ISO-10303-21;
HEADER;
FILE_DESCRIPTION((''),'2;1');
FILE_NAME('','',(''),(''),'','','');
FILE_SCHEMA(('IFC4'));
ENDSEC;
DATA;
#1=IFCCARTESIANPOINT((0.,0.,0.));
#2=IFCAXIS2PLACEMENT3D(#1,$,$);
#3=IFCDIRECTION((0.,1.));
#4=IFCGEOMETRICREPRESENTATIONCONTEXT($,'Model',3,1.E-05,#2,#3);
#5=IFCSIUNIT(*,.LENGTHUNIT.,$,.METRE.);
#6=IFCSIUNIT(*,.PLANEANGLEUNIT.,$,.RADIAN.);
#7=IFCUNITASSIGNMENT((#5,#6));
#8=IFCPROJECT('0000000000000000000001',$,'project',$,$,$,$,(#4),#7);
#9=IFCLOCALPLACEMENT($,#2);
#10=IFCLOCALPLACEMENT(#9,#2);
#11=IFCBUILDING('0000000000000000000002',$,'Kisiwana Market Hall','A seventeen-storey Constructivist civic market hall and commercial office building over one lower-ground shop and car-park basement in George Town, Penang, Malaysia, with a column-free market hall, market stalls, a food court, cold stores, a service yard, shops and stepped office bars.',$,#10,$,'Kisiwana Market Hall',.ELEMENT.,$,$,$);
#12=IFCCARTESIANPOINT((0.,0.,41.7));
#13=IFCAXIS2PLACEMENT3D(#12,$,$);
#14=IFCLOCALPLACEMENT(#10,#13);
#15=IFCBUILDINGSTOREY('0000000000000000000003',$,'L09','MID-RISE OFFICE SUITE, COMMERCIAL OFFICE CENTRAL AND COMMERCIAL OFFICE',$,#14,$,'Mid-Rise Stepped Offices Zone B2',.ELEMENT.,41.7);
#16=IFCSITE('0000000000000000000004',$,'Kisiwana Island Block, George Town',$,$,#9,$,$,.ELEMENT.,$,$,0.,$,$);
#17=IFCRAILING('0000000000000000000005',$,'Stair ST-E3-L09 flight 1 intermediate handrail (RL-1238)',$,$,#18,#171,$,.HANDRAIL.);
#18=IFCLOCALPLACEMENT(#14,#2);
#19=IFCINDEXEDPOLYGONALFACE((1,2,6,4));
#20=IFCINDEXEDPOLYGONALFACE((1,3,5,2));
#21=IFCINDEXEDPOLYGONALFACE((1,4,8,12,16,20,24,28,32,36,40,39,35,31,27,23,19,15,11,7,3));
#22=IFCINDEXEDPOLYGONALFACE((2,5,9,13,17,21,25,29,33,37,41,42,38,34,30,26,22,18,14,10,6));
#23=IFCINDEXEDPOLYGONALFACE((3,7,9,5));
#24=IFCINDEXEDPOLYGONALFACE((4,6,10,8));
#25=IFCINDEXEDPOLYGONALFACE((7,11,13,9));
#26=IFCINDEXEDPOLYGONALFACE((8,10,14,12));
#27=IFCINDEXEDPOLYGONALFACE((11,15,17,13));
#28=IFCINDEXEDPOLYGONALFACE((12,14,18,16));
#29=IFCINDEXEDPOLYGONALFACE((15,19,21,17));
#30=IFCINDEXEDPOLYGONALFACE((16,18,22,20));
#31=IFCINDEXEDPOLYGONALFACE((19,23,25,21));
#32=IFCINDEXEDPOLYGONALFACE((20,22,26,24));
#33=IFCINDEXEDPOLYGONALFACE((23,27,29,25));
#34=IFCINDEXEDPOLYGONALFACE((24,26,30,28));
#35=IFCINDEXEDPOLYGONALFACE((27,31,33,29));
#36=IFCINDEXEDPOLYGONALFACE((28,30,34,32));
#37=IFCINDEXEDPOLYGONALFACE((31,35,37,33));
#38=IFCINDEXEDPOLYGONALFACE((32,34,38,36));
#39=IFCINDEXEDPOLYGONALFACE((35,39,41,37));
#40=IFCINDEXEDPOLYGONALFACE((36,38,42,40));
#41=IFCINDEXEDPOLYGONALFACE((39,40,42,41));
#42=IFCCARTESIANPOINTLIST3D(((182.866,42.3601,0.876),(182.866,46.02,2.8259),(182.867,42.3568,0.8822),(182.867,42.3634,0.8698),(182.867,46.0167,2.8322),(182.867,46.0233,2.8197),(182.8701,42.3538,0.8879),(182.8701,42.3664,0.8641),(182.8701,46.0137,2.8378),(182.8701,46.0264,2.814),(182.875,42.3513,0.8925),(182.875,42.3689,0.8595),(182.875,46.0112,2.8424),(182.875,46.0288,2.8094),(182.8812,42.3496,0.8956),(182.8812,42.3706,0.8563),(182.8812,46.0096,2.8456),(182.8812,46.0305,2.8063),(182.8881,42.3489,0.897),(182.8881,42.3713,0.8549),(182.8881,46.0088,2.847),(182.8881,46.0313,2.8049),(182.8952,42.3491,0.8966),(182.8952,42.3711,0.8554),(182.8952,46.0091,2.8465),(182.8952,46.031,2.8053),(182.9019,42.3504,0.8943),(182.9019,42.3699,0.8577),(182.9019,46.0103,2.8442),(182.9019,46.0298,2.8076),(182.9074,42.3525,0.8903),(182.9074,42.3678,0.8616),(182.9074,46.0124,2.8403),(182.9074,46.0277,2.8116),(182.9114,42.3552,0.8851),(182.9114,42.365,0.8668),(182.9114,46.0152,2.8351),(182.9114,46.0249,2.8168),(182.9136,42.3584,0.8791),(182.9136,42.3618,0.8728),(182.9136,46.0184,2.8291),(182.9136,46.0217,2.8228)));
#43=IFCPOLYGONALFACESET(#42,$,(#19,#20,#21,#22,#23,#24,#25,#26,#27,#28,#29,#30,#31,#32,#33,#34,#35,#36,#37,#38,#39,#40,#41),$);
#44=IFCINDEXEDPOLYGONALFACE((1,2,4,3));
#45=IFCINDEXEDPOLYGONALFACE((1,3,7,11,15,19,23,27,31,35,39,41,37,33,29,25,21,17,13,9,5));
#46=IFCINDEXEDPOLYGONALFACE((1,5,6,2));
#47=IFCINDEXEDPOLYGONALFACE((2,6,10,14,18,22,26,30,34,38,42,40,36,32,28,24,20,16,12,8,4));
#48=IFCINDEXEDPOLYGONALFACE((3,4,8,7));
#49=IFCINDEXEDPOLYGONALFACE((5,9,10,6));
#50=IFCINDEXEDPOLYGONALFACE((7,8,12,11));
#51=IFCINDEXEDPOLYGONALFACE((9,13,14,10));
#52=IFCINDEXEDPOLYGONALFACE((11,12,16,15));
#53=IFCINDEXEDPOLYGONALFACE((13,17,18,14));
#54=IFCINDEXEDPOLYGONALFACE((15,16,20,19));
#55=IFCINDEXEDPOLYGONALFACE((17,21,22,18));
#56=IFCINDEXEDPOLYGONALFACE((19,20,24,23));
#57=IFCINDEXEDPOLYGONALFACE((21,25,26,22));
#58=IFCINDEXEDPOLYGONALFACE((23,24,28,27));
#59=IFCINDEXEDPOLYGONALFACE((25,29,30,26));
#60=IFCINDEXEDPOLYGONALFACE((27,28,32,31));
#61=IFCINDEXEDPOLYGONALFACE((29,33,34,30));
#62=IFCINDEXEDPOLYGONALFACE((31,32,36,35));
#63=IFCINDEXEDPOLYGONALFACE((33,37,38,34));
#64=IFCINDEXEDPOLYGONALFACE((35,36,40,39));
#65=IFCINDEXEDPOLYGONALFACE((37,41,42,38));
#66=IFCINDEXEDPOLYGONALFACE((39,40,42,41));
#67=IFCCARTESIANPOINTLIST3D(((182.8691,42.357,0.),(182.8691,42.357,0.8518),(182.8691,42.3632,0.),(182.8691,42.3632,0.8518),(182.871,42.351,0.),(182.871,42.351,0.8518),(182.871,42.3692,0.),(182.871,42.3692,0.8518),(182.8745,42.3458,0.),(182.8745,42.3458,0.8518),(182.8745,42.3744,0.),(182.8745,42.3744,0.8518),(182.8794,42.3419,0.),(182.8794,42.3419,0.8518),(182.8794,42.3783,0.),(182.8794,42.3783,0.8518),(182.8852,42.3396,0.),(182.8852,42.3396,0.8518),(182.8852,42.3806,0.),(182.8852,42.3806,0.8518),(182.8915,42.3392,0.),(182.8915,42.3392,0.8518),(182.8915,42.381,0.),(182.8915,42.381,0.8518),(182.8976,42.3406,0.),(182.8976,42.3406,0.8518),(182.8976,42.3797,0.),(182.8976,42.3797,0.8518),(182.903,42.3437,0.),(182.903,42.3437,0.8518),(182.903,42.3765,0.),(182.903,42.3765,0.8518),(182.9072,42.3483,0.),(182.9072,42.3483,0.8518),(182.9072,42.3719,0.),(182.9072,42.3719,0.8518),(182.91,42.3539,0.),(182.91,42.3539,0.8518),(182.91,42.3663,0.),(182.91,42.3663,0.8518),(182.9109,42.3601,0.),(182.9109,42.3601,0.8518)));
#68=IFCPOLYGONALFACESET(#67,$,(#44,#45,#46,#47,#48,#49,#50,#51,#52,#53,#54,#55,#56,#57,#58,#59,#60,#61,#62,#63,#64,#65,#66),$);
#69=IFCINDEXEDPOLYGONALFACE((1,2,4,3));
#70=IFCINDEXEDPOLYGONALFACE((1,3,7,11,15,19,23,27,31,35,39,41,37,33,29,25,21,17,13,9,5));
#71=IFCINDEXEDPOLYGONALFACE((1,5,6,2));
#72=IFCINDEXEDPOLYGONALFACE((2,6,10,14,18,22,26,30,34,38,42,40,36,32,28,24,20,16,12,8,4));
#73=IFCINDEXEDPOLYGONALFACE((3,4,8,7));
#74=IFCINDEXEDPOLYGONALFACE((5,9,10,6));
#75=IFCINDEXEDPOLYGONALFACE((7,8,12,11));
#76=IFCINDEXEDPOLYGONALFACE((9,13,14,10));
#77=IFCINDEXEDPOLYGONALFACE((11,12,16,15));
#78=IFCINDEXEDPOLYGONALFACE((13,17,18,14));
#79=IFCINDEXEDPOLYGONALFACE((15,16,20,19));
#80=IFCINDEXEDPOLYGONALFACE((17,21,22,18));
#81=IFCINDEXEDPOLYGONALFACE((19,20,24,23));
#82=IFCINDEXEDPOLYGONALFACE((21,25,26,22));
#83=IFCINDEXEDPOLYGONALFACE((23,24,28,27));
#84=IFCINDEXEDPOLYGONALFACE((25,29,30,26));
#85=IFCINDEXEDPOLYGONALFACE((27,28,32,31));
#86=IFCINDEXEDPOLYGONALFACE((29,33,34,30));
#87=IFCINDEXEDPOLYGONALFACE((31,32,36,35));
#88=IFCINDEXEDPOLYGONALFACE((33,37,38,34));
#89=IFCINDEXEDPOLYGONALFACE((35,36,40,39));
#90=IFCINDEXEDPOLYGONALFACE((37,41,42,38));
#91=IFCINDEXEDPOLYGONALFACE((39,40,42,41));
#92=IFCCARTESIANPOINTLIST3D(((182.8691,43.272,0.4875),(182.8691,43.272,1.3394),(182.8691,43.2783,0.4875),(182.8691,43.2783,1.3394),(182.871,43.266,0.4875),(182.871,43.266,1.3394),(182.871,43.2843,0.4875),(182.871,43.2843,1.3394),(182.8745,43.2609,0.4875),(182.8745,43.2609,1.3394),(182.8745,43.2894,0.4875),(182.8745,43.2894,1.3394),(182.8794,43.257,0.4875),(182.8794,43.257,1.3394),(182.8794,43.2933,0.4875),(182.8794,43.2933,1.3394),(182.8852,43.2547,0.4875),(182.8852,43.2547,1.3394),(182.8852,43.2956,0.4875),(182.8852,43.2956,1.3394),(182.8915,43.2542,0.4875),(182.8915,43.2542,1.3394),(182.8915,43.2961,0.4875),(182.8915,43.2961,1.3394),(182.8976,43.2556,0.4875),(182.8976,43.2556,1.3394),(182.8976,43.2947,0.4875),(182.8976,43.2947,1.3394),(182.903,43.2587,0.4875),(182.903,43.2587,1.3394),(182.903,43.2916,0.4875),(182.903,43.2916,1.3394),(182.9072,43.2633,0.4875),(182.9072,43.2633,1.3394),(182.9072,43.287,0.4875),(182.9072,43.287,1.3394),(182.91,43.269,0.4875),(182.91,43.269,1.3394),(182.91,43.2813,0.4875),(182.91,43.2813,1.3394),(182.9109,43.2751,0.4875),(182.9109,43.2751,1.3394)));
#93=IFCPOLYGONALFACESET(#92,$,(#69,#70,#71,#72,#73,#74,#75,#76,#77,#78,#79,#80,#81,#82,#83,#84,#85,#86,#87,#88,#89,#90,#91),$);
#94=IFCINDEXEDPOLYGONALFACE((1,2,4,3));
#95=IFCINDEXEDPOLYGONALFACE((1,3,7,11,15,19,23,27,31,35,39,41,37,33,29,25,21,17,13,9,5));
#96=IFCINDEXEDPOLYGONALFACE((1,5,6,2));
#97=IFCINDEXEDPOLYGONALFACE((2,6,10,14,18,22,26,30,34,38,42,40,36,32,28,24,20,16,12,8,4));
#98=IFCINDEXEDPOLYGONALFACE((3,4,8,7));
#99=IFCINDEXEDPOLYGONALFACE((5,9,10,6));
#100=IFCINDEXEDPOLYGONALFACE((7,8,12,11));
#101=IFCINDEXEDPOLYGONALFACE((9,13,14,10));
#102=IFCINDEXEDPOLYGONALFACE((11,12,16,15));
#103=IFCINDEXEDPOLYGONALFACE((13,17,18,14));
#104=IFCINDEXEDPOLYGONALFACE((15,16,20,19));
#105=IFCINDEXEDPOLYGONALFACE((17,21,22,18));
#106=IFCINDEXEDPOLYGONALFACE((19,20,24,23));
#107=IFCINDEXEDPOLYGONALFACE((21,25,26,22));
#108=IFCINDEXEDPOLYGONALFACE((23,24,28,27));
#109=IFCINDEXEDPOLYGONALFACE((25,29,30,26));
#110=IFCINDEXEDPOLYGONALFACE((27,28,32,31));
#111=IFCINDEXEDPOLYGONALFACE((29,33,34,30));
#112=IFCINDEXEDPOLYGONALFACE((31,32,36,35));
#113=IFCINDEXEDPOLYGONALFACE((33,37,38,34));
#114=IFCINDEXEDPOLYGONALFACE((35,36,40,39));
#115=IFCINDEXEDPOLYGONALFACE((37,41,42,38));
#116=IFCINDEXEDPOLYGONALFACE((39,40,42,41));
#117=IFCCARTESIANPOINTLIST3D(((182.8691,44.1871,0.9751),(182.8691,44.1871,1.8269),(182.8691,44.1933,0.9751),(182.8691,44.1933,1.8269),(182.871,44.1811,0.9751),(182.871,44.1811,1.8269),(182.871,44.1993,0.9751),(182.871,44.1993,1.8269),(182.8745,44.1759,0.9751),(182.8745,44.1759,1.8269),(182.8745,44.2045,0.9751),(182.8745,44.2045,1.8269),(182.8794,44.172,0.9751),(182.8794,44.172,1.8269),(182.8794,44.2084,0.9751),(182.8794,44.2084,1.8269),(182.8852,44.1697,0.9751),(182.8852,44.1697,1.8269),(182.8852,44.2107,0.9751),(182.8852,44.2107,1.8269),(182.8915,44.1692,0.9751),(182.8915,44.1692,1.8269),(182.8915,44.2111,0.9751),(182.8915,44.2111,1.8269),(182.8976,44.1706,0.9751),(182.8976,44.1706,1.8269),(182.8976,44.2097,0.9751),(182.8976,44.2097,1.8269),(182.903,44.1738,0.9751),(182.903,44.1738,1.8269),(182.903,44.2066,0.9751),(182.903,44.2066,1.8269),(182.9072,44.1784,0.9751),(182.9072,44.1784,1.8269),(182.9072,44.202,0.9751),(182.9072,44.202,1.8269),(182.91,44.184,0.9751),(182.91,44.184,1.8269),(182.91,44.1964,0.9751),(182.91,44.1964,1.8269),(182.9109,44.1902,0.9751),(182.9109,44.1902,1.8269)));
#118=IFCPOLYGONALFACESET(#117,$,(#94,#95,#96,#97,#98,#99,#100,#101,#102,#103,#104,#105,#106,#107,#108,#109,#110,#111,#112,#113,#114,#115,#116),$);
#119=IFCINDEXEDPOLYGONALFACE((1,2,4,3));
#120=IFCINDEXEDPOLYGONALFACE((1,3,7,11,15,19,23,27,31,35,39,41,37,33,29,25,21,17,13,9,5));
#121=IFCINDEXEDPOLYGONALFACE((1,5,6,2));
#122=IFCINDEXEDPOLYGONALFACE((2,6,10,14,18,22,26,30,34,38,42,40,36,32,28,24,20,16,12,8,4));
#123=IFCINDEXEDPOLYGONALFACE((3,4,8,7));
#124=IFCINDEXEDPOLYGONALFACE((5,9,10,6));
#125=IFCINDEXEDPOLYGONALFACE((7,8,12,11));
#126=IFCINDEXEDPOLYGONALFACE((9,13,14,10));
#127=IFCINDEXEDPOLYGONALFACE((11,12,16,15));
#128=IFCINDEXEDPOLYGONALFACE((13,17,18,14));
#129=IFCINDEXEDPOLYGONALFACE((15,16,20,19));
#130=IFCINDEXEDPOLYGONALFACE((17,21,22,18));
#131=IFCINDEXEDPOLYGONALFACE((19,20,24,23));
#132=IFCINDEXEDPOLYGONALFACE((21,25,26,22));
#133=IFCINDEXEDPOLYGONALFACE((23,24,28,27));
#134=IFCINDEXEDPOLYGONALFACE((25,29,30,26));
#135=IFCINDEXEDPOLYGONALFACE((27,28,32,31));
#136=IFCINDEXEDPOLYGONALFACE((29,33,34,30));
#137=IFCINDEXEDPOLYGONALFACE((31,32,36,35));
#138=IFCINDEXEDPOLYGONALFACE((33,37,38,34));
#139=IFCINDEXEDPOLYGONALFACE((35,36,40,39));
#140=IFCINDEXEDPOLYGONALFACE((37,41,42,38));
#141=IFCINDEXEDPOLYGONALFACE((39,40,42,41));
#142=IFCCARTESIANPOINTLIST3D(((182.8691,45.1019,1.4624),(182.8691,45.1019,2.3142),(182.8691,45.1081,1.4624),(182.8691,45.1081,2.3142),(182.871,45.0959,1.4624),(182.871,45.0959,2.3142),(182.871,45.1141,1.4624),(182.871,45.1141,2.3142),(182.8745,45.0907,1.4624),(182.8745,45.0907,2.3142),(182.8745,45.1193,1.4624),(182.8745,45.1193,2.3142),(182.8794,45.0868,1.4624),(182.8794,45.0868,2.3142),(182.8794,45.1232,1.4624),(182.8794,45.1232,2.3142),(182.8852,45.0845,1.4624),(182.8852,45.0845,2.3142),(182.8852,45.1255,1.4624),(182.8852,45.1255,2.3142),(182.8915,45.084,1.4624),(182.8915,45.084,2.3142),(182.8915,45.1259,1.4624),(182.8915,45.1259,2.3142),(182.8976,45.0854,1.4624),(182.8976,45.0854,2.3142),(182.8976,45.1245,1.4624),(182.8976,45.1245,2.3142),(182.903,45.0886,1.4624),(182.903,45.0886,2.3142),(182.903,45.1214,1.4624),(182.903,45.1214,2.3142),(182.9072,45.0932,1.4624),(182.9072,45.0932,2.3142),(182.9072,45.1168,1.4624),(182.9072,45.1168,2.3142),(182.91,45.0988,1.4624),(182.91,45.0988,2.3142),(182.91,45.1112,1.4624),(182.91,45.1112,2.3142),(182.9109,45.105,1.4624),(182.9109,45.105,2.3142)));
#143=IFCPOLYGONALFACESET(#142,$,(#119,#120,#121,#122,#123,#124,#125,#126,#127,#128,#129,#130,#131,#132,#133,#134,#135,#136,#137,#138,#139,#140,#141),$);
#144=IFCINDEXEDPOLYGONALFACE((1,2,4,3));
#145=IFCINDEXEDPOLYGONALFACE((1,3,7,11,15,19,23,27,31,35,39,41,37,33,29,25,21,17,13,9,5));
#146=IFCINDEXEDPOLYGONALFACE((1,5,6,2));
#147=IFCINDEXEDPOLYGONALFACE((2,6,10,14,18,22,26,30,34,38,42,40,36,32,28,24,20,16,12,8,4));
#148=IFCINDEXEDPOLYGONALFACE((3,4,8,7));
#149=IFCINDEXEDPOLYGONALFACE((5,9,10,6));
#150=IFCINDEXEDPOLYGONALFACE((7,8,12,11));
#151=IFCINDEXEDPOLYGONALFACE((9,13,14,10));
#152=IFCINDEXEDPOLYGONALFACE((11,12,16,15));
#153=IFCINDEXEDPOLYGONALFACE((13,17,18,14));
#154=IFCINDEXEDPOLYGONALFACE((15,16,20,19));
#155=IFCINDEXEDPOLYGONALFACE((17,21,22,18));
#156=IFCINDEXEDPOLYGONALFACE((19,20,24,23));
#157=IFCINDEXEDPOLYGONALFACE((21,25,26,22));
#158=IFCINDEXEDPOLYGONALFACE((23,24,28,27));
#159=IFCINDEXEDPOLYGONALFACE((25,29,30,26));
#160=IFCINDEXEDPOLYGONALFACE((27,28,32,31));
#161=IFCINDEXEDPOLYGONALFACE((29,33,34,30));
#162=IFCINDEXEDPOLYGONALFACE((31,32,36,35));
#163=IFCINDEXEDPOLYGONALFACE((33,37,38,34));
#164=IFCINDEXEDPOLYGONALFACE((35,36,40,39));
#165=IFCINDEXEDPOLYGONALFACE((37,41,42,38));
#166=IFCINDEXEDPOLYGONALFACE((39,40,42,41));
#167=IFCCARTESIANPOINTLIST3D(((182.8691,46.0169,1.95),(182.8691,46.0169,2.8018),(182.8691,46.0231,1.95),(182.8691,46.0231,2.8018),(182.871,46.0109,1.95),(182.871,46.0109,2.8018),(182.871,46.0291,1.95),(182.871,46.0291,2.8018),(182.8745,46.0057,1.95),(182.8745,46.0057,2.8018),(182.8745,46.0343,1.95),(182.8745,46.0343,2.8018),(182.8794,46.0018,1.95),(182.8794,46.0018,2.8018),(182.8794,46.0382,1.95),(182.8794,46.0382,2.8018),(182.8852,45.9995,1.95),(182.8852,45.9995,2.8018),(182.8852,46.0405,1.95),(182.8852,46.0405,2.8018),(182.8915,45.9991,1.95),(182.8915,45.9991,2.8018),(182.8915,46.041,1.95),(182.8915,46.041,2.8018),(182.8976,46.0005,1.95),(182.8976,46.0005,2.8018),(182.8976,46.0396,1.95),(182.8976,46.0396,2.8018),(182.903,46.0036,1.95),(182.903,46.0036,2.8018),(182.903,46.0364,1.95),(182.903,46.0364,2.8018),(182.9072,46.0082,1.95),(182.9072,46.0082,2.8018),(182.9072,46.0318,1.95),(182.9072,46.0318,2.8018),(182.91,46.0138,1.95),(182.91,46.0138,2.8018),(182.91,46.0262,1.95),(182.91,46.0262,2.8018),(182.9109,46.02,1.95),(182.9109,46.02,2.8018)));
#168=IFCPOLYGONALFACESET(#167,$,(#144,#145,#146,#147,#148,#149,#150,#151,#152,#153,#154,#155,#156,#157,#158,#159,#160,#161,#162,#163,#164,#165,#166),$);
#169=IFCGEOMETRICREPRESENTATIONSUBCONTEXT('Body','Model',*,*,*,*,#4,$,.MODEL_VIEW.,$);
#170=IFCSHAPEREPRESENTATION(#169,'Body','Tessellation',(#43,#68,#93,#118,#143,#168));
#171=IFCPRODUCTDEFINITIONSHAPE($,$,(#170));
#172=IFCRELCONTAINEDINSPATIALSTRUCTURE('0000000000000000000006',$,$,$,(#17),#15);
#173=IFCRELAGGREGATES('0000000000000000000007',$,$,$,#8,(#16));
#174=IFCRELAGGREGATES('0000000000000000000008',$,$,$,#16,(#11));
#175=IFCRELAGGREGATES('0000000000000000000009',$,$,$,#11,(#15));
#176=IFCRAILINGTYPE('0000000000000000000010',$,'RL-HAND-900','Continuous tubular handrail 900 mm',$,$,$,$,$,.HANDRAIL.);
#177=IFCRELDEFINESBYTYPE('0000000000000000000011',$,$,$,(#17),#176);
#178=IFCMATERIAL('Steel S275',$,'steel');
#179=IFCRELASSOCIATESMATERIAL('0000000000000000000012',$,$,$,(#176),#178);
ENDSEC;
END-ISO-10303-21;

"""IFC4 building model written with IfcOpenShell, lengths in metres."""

from ifc_helpers import new_model, si_unit, direction, frame, origin, origin_2d, place, context, subcontext, project, spatial, circle, extrude, material, type_object, element, save


model = new_model("IFC4")

# Units and contexts
model_context = context("Model", 3, precision=1e-05, world=origin(), true_north=direction((0.0, 1.0)))
body_context = subcontext(model_context, "Body", "Model", "MODEL_VIEW")
ifc_project = project(units=[si_unit("LENGTHUNIT", "METRE"), si_unit("PLANEANGLEUNIT", "RADIAN")], contexts=[model_context])

# Site, building, storey
site_placement = place(None, origin())
site = spatial("IfcSite", under=ifc_project, at=site_placement, Name="Kisiwana Island Block, George Town", CompositionType="ELEMENT", RefElevation=0.0)
building_placement = place(site_placement, origin())
building = spatial("IfcBuilding", under=site, at=building_placement, Name="Kisiwana Market Hall", Description="A seventeen-storey Constructivist civic market hall and commercial office building over one lower-ground shop and car-park basement in George Town, Penang, Malaysia, with a column-free market hall, market stalls, a food court, cold stores, a service yard, shops and stepped office bars.", LongName="Kisiwana Market Hall", CompositionType="ELEMENT")
storey_placement = place(building_placement, frame((0.0, 0.0, 41.7)))
storey = spatial("IfcBuildingStorey", under=building, at=storey_placement, Name="L09", Description="MID-RISE OFFICE SUITE, COMMERCIAL OFFICE CENTRAL AND COMMERCIAL OFFICE", LongName="Mid-Rise Stepped Offices Zone B2", CompositionType="ELEMENT", Elevation=41.7)

# Railing
ifc_material_1 = material(Name="Steel S275", Category="steel")
railing_type_1 = type_object("IfcRailingType", Name="RL-HAND-900", Description="Continuous tubular handrail 900 mm", PredefinedType="HANDRAIL", material=ifc_material_1)
for number, where, name in (
    (1, (182.8899, 42.3601, 0.0), "Stair ST-E3-L09 flight 1 intermediate handrail (RL-1238)"),
):
    element("IfcRailing", number, at=place(storey_placement, frame(where)), inside=storey, type_object=railing_type_1, Name=name, PredefinedType="HANDRAIL", context=body_context, shape_type="SweptSolid", body=[
        extrude(circle(Radius=0.0239, at=origin_2d()), frame((0.0, 0.0, 0.876), z_axis=(0.0, 0.882553, 0.470212), x_axis=(-1.0, 0.0, 0.0)), (0.0, 0.0, 1.0), 4.147),
        extrude(circle(Radius=0.021, at=origin_2d()), origin(), (0.0, 0.0, 1.0), 0.8518),
        extrude(circle(Radius=0.021, at=origin_2d()), frame((0.0, 0.915, 0.4875)), (0.0, 0.0, 1.0), 0.8518),
        extrude(circle(Radius=0.021, at=origin_2d()), frame((0.0, 1.8301, 0.9751)), (0.0, 0.0, 1.0), 0.8518),
        extrude(circle(Radius=0.021, at=origin_2d()), frame((0.0, 2.7449, 1.4624)), (0.0, 0.0, 1.0), 0.8518),
        extrude(circle(Radius=0.021, at=origin_2d()), frame((0.0, 3.6599, 1.95)), (0.0, 0.0, 1.0), 0.8518),
    ])

save(model, "model.ifc")
